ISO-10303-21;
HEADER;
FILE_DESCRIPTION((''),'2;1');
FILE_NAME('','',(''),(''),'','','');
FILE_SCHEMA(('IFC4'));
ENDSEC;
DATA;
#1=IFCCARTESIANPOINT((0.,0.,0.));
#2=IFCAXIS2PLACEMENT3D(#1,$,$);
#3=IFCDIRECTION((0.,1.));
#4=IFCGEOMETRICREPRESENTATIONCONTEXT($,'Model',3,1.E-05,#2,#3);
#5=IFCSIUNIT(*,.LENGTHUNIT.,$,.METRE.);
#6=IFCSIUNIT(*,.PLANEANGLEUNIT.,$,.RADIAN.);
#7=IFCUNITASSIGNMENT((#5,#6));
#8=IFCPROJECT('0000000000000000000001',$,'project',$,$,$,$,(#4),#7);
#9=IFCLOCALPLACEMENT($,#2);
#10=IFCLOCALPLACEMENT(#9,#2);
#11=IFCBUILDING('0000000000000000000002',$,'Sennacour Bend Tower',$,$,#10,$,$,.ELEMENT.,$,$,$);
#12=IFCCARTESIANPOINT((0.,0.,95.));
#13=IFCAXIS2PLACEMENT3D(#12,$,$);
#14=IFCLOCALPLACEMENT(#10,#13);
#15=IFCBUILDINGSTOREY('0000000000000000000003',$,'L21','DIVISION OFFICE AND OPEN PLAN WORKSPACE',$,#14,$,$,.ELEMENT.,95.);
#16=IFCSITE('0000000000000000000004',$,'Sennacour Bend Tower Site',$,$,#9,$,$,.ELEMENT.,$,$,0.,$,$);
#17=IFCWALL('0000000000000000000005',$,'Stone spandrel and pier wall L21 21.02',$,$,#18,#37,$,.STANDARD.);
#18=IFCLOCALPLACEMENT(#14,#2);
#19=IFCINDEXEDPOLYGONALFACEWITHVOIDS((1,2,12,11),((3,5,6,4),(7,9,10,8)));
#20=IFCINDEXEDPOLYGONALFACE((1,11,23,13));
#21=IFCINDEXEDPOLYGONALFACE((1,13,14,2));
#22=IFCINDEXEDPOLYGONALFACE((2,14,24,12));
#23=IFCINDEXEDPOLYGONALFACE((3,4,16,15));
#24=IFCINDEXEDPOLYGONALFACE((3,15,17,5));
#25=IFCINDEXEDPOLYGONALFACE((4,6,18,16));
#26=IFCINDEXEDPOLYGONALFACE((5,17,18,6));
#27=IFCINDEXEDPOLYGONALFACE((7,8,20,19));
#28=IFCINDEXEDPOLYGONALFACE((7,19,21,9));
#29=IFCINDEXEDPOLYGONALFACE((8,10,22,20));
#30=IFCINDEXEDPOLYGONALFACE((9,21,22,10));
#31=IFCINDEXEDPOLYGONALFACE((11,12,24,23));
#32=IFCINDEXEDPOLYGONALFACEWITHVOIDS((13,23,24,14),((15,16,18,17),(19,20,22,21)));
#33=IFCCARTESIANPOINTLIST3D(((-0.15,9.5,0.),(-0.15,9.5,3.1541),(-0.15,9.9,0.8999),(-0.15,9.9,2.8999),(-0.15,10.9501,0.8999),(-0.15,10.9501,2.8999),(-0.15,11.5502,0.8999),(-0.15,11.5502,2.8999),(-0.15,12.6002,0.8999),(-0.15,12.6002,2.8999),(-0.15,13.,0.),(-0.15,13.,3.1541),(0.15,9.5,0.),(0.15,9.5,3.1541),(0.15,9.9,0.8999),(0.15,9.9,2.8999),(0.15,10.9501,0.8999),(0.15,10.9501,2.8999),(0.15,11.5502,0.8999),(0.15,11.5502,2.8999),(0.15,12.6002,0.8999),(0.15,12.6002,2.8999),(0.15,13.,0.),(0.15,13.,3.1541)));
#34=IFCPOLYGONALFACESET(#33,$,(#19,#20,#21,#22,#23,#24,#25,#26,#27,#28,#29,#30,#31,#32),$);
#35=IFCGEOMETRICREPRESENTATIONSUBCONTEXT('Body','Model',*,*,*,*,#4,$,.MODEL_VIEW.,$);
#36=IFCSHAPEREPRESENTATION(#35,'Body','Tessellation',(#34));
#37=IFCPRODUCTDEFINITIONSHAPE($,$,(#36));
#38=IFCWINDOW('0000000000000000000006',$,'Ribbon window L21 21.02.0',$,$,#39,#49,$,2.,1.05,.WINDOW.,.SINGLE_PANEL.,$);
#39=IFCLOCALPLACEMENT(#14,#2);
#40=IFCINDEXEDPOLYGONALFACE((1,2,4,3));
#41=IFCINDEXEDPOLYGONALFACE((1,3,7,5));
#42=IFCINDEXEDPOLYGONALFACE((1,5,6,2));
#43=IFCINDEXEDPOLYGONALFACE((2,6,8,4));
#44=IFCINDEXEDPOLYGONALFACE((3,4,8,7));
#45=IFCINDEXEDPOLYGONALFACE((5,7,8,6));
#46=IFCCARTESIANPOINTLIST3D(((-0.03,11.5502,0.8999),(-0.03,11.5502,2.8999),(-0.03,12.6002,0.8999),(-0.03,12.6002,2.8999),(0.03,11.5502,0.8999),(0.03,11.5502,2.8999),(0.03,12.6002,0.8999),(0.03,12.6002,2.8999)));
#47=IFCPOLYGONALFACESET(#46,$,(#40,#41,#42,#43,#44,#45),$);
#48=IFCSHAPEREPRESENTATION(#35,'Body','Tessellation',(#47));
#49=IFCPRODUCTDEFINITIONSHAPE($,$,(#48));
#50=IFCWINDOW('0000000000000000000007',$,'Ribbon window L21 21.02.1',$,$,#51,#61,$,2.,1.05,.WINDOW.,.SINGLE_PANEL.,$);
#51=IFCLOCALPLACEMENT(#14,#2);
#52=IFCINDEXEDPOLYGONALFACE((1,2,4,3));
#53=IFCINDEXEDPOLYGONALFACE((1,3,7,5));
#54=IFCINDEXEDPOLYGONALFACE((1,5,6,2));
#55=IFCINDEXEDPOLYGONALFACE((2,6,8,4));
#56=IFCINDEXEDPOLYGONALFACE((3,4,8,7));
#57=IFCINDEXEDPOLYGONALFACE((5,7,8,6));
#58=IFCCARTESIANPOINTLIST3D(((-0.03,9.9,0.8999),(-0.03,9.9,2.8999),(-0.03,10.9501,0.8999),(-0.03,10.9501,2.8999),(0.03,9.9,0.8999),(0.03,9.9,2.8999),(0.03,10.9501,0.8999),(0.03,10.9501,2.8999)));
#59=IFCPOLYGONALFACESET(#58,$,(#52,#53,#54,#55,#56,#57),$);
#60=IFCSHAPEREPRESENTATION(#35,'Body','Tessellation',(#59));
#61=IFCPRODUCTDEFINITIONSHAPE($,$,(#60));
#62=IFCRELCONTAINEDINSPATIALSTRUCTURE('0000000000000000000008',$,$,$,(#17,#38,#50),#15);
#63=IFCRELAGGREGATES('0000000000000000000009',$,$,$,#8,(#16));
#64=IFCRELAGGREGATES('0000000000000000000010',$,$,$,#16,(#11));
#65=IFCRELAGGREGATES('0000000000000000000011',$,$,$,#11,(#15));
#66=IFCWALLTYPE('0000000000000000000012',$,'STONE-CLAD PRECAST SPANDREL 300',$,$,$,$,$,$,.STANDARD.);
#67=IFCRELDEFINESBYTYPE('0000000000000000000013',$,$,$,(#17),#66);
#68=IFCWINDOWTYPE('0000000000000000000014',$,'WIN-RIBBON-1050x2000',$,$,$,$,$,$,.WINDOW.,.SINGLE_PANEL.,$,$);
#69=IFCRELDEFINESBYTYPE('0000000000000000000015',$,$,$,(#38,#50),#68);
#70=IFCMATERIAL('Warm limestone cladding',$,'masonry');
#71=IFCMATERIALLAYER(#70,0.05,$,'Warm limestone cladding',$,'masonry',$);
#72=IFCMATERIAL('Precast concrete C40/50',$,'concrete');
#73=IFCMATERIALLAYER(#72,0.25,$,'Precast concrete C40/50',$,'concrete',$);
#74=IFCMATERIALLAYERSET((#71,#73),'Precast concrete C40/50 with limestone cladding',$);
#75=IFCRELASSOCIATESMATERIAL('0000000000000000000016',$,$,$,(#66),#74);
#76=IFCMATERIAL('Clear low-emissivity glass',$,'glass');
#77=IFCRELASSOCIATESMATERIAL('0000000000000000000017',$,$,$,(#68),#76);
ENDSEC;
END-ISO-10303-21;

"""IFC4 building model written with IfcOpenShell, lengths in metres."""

from ifc_helpers import new_model, si_unit, direction, frame, frame_2d, origin, place, context, subcontext, project, spatial, rectangle, extrude, material, layer, layer_set, type_object, element, fill, save


model = new_model("IFC4")

# Units and contexts
model_context = context("Model", 3, precision=1e-05, world=origin(), true_north=direction((0.0, 1.0)))
body_context = subcontext(model_context, "Body", "Model", "MODEL_VIEW")
ifc_project = project(units=[si_unit("LENGTHUNIT", "METRE"), si_unit("PLANEANGLEUNIT", "RADIAN")], contexts=[model_context])

# Site, building, storey
site_placement = place(None, origin())
site = spatial("IfcSite", under=ifc_project, at=site_placement, Name="Sennacour Bend Tower Site", CompositionType="ELEMENT", RefElevation=0.0)
building_placement = place(site_placement, origin())
building = spatial("IfcBuilding", under=site, at=building_placement, Name="Sennacour Bend Tower", CompositionType="ELEMENT")
storey_placement = place(building_placement, frame((0.0, 0.0, 95.0)))
storey = spatial("IfcBuildingStorey", under=building, at=storey_placement, Name="L21", Description="DIVISION OFFICE AND OPEN PLAN WORKSPACE", CompositionType="ELEMENT", Elevation=95.0)

# Wall, openings, windows
ifc_material_1 = material(Name="Warm limestone cladding", Category="masonry")
ifc_layer_1 = layer(ifc_material_1, 0.05, Name="Warm limestone cladding", Category="masonry")
ifc_material_2 = material(Name="Precast concrete C40/50", Category="concrete")
ifc_layer_2 = layer(ifc_material_2, 0.25, Name="Precast concrete C40/50", Category="concrete")
ifc_layer_set_1 = layer_set([ifc_layer_1, ifc_layer_2], Name="Precast concrete C40/50 with limestone cladding")
wall_type_1 = type_object("IfcWallType", Name="STONE-CLAD PRECAST SPANDREL 300", PredefinedType="STANDARD", material=ifc_layer_set_1)
ifc_material_3 = material(Name="Clear low-emissivity glass", Category="glass")
window_type = type_object("IfcWindowType", Name="WIN-RIBBON-1050x2000", PartitioningType="SINGLE_PANEL", PredefinedType="WINDOW", material=ifc_material_3)
wall_1_placement = place(storey_placement, frame((0.0, 13.0, 0.0), z_axis=(0.0, 0.0, 1.0), x_axis=(0.0, -1.0, 0.0)))
wall_1 = element("IfcWall", 1, at=wall_1_placement, inside=storey, type_object=wall_type_1, Name="Stone spandrel and pier wall L21 21.02", PredefinedType="STANDARD", context=body_context, shape_type="SweptSolid", body=[
    extrude(rectangle(XDim=3.5, YDim=0.3, at=frame_2d((1.75, 0.0))), origin(), (0.0, 0.0, 1.0), 3.1541),
])
opening_1_placement = place(wall_1_placement, frame((0.3999, 0.0, 0.8999)))
opening_1 = element("IfcOpeningElement", 2, at=opening_1_placement, cuts=wall_1, PredefinedType="OPENING", context=body_context, shape_type="SweptSolid", body=[
    extrude(rectangle(XDim=1.05, YDim=2.0, at=frame_2d((0.5249, 1.0))), frame((0.0, 0.1602, 0.0), z_axis=(0.0, -1.0, 0.0), x_axis=(1.0, 0.0, 0.0)), (0.0, 0.0, 1.0), 0.3201),
])
opening_2_placement = place(wall_1_placement, frame((2.05, 0.0, 0.8999)))
opening_2 = element("IfcOpeningElement", 3, at=opening_2_placement, cuts=wall_1, PredefinedType="OPENING", context=body_context, shape_type="SweptSolid", body=[
    extrude(rectangle(XDim=1.05, YDim=2.0, at=frame_2d((0.5249, 1.0))), frame((0.0, 0.1602, 0.0), z_axis=(0.0, -1.0, 0.0), x_axis=(1.0, 0.0, 0.0)), (0.0, 0.0, 1.0), 0.3201),
])
window_1_placement = place(opening_1_placement, origin())
window_1 = element("IfcWindow", 4, at=window_1_placement, inside=storey, type_object=window_type, Name="Ribbon window L21 21.02.0", OverallHeight=2.0, OverallWidth=1.05, PartitioningType="SINGLE_PANEL", PredefinedType="WINDOW", context=body_context, shape_type="SweptSolid", body=[
    extrude(rectangle(XDim=1.05, YDim=2.0, at=frame_2d((0.5249, 1.0))), frame((0.0, 0.03, 0.0), z_axis=(0.0, -1.0, 0.0), x_axis=(1.0, 0.0, 0.0)), (0.0, 0.0, 1.0), 0.0601),
])
fill(opening_1, window_1)
window_2_placement = place(opening_2_placement, origin())
window_2 = element("IfcWindow", 5, at=window_2_placement, inside=storey, type_object=window_type, Name="Ribbon window L21 21.02.1", OverallHeight=2.0, OverallWidth=1.05, PartitioningType="SINGLE_PANEL", PredefinedType="WINDOW", context=body_context, shape_type="SweptSolid", body=[
    extrude(rectangle(XDim=1.05, YDim=2.0, at=frame_2d((0.5249, 1.0))), frame((0.0, 0.03, 0.0), z_axis=(0.0, -1.0, 0.0), x_axis=(1.0, 0.0, 0.0)), (0.0, 0.0, 1.0), 0.0601),
])
fill(opening_2, window_2)

save(model, "model.ifc")
